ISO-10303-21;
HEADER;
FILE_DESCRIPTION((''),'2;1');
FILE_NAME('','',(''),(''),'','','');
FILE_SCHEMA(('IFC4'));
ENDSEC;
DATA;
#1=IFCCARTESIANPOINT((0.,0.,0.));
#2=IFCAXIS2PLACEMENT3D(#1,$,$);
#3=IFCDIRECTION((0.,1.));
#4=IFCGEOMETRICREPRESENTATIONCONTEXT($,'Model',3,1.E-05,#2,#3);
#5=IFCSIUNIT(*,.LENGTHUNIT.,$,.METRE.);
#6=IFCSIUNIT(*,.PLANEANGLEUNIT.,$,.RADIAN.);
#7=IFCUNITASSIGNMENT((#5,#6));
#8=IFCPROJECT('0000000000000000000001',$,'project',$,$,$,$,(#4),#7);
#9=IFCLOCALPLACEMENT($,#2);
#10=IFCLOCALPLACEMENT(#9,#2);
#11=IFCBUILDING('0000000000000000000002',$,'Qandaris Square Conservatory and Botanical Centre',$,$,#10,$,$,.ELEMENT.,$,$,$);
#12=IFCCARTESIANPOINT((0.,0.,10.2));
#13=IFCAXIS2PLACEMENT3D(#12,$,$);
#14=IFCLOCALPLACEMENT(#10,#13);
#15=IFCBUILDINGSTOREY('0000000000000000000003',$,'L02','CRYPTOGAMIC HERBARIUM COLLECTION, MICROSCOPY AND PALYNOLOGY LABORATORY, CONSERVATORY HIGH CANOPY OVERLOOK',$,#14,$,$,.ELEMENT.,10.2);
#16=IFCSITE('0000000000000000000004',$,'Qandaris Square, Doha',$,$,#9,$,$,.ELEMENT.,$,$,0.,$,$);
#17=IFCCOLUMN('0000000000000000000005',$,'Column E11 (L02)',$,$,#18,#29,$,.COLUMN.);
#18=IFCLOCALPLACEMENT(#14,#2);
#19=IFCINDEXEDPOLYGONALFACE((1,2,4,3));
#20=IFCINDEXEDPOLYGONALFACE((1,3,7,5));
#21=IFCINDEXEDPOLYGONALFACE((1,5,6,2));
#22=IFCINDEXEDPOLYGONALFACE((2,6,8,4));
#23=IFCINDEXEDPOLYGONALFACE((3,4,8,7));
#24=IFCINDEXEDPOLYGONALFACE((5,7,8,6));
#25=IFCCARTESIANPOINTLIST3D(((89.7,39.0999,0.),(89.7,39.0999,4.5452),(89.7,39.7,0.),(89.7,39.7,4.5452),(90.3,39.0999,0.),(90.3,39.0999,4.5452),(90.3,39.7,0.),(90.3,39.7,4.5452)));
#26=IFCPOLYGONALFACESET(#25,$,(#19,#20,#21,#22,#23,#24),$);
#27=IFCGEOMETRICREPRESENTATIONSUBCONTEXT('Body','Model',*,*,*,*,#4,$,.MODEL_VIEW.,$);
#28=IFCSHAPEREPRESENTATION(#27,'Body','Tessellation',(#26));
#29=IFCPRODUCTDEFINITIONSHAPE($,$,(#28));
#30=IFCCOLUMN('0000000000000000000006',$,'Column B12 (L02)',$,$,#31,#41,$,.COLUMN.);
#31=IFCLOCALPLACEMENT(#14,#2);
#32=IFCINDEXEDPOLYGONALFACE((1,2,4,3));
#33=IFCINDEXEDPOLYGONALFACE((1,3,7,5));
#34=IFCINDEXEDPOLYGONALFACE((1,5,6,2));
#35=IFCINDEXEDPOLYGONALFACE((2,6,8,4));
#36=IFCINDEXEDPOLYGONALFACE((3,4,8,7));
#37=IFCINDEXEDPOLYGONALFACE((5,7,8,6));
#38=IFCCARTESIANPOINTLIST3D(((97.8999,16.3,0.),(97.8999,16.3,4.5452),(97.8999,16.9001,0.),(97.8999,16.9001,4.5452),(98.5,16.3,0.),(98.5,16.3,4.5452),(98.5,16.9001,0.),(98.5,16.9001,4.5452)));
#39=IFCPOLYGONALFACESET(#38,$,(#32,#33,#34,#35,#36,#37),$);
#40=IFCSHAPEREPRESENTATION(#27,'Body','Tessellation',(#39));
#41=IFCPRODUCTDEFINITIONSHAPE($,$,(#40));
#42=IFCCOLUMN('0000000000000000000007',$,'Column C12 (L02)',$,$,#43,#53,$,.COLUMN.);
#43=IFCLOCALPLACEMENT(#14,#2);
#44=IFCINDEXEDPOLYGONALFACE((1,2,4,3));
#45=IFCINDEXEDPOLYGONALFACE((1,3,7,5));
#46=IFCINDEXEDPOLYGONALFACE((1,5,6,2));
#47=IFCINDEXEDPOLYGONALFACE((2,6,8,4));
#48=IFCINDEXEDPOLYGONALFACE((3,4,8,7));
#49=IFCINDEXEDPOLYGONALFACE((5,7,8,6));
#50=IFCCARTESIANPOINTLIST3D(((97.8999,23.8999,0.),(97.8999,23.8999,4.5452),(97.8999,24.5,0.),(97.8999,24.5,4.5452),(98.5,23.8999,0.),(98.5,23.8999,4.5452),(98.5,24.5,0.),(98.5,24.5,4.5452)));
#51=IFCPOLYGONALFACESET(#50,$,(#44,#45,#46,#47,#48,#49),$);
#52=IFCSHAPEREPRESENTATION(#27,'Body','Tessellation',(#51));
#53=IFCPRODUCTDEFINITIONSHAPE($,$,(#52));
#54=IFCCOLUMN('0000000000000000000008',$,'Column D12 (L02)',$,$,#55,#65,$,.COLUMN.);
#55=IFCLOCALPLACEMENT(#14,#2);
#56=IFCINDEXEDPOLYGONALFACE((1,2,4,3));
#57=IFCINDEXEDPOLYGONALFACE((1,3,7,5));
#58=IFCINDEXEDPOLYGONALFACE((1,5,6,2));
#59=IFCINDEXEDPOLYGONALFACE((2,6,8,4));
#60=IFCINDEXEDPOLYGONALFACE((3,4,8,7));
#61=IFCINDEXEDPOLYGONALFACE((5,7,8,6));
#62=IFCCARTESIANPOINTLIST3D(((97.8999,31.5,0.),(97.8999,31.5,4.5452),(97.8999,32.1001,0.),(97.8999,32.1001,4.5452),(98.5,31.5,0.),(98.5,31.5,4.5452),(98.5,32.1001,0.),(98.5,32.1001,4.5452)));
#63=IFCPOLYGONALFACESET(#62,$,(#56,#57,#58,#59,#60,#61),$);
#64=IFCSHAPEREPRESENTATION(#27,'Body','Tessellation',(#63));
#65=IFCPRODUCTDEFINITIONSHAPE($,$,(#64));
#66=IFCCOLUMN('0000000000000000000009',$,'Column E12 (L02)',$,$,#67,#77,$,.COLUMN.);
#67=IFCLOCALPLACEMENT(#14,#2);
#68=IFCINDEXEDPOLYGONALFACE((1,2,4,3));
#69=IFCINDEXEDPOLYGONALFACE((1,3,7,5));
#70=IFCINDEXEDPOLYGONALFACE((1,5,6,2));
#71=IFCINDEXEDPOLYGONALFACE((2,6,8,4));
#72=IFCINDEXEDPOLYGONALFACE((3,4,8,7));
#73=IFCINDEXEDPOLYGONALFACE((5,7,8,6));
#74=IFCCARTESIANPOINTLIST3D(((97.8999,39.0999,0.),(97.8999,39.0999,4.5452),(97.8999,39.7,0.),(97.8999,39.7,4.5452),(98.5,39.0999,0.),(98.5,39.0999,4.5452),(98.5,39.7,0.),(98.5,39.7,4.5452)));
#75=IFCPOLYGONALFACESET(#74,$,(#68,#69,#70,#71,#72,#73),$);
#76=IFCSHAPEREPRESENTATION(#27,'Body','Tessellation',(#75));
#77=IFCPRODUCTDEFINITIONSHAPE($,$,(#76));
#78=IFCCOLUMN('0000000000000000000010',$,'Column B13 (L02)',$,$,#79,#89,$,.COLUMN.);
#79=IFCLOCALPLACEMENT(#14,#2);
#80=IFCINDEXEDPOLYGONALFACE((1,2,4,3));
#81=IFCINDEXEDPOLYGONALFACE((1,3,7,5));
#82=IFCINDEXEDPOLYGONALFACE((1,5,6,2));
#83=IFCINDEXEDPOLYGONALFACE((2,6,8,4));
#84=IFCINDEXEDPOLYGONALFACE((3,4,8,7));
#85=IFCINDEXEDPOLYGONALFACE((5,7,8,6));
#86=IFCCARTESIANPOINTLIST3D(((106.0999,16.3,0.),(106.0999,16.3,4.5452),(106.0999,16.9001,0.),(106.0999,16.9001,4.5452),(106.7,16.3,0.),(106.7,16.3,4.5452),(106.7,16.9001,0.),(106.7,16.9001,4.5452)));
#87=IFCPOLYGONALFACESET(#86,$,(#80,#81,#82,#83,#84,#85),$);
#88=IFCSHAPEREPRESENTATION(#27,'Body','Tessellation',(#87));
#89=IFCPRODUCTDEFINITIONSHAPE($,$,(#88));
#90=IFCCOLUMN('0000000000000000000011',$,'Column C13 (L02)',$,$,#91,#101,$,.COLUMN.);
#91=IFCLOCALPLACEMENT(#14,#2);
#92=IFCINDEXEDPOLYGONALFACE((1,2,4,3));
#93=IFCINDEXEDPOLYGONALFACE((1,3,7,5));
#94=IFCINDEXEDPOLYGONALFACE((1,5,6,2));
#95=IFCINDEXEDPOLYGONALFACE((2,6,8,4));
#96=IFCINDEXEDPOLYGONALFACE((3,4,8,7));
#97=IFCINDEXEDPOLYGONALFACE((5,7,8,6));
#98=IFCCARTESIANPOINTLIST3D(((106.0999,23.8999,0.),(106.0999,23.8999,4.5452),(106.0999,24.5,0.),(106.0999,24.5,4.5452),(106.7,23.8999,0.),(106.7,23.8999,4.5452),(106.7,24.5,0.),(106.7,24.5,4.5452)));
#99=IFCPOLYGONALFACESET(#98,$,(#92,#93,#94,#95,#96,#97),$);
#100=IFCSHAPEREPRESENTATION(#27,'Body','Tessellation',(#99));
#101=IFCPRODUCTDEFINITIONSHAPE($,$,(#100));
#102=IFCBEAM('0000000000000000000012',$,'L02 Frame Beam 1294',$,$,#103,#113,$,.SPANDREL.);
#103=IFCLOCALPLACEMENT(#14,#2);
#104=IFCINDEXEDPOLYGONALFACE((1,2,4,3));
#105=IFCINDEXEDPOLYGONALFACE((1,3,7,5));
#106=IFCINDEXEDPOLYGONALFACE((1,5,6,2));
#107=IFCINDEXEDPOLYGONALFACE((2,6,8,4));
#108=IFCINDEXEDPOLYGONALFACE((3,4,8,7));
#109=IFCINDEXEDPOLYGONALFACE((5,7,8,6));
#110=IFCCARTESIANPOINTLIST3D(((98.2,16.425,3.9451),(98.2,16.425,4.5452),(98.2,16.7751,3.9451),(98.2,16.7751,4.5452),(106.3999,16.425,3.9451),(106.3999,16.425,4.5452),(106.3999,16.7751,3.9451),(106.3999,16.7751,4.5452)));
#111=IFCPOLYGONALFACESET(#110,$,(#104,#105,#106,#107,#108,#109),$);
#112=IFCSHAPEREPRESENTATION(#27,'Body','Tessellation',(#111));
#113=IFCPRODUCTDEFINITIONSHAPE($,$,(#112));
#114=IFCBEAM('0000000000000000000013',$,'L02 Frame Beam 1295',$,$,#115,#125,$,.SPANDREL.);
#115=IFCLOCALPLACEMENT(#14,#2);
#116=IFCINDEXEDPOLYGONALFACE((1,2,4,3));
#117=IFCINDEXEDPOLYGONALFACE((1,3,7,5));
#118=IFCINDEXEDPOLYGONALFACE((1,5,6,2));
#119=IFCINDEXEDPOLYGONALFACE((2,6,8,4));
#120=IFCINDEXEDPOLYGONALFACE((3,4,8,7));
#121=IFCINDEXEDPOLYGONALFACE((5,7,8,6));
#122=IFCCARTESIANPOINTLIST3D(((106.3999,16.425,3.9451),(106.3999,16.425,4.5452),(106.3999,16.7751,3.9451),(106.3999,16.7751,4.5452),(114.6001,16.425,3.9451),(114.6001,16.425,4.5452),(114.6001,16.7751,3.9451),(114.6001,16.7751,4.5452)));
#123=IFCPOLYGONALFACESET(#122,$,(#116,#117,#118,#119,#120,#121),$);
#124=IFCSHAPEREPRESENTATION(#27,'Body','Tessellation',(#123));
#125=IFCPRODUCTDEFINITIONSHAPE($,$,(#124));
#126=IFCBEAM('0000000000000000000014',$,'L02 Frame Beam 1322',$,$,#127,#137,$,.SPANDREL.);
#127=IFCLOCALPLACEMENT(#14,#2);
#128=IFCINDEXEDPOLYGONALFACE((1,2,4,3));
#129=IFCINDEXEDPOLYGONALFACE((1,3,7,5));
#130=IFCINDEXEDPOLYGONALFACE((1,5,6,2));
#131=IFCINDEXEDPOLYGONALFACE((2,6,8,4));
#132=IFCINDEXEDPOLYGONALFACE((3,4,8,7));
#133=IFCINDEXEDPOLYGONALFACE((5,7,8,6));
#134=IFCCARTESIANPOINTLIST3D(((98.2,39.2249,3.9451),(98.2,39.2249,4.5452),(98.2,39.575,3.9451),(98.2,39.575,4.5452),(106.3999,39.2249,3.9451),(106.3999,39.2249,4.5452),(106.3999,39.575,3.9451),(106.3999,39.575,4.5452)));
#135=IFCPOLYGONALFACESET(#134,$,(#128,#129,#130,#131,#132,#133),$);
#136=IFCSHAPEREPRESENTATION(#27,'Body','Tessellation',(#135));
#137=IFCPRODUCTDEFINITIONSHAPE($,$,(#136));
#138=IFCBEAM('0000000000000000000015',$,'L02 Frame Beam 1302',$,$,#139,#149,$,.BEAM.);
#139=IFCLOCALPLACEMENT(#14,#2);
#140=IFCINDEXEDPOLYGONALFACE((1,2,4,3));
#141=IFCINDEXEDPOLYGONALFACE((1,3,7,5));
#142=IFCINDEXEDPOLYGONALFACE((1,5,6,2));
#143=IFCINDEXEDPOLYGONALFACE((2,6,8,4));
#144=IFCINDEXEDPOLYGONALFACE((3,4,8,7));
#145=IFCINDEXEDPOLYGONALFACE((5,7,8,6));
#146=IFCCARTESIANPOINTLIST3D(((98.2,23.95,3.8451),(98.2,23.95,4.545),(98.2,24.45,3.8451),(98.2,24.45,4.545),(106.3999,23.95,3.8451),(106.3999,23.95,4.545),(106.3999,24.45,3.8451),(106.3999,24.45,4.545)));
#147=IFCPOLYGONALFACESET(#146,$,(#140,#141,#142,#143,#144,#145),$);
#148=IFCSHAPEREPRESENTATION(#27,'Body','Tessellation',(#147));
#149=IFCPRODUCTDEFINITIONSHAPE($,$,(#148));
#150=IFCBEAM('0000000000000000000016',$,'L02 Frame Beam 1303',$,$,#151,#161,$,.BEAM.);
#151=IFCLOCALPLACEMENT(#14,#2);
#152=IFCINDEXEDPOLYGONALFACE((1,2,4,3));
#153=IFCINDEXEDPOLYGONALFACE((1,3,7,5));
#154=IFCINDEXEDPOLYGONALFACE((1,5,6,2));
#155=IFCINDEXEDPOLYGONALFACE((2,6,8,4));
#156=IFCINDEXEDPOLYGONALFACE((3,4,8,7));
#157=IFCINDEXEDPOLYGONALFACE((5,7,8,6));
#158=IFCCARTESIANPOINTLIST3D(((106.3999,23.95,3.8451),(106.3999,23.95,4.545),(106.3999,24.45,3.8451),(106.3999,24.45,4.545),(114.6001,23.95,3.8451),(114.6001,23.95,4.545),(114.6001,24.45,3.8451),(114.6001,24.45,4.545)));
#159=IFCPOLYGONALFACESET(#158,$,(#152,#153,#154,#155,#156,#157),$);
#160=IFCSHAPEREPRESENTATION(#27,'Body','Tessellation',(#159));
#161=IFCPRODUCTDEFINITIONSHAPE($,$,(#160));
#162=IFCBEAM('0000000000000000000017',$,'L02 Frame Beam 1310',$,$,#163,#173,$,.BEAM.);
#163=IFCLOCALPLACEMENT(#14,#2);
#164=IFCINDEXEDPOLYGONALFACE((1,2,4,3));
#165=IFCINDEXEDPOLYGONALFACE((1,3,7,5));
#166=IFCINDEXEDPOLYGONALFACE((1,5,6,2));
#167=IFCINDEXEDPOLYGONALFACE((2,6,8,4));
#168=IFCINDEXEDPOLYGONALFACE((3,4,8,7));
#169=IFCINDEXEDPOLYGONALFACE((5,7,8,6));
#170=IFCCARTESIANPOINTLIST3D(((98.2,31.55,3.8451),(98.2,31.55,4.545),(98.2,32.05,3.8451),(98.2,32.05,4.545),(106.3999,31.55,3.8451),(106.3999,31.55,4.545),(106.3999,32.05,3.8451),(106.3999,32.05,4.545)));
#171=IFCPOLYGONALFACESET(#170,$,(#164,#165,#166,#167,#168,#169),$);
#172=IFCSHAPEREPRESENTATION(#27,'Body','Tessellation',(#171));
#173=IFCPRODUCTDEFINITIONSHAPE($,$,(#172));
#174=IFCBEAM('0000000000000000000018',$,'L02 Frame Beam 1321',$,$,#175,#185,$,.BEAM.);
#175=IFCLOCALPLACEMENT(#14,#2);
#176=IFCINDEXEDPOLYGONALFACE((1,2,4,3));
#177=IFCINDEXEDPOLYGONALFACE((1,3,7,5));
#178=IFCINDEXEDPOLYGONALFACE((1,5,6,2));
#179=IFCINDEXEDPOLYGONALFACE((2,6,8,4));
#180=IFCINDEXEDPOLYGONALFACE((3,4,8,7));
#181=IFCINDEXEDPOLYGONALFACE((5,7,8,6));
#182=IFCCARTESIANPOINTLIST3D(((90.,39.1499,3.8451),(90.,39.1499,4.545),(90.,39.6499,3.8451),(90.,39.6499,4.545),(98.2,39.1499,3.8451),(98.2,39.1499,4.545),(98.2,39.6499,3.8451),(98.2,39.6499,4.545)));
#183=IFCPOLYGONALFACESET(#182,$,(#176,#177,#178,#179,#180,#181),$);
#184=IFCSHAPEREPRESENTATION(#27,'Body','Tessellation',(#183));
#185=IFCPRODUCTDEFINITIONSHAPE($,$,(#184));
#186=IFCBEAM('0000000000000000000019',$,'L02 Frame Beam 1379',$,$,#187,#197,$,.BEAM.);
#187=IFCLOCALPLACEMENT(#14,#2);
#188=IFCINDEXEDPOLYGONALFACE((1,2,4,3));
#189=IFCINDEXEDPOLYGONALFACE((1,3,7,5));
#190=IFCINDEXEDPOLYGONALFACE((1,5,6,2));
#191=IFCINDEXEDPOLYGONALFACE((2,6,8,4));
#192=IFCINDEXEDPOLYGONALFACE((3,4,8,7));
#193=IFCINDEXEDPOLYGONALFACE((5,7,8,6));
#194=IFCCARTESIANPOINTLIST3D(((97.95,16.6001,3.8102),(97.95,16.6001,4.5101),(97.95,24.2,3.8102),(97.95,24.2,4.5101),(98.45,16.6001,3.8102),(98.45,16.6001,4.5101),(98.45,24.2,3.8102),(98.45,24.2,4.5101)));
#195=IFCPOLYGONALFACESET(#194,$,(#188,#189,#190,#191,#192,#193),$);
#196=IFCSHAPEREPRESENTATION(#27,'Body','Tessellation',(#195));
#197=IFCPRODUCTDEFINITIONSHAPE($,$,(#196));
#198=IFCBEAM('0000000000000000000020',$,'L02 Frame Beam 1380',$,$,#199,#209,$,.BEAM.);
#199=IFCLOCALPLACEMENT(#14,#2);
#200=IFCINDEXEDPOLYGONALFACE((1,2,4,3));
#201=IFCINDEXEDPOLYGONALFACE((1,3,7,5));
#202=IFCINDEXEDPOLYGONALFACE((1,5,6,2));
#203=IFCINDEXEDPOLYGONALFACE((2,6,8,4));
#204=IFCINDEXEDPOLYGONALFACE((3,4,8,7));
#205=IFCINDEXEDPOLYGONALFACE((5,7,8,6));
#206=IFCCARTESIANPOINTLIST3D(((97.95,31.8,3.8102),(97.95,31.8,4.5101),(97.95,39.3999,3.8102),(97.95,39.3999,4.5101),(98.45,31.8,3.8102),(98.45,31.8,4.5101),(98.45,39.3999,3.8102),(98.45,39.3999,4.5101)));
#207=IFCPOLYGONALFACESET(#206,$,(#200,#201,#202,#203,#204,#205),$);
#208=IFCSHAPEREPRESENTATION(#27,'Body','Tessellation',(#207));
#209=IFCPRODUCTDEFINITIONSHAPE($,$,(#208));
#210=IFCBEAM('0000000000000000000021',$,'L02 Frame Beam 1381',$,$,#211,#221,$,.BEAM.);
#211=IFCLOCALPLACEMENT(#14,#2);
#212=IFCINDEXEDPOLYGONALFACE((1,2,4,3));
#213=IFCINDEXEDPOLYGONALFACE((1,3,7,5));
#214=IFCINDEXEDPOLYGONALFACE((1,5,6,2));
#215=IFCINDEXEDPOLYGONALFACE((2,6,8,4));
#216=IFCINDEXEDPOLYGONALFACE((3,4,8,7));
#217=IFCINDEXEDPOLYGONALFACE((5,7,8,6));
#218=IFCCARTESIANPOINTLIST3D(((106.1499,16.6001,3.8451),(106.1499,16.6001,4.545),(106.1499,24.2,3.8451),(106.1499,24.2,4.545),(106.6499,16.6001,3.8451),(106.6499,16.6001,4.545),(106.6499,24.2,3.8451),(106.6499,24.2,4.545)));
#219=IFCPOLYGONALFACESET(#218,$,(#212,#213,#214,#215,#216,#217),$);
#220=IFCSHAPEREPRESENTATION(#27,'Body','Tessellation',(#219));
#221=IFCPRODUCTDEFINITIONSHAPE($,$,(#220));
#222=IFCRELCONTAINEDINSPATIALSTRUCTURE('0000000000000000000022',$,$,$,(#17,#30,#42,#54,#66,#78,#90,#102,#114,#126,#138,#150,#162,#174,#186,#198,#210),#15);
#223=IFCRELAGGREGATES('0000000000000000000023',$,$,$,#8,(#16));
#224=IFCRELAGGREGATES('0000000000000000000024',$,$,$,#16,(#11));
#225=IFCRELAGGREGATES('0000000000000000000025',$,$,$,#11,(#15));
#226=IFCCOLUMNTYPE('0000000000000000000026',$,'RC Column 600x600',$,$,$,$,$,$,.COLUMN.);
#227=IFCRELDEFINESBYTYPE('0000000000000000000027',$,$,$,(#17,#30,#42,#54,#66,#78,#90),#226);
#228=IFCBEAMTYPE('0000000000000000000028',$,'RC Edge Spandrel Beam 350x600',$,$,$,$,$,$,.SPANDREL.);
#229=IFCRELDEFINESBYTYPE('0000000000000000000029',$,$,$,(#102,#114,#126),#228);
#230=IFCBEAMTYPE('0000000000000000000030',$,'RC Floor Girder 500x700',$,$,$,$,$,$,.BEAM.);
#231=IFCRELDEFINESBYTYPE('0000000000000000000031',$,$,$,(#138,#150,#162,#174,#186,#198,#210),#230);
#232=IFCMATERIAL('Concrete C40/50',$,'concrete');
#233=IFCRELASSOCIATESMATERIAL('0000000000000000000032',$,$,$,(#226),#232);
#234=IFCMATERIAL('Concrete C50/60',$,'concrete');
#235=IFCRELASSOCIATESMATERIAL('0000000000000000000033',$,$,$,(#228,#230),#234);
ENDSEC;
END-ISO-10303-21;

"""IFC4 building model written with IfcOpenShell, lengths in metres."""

from ifc_helpers import new_model, si_unit, direction, frame, origin, origin_2d, place, context, subcontext, project, spatial, rectangle, extrude, material, material_profile, profile_set, type_object, element, save


model = new_model("IFC4")

# Units and contexts
model_context = context("Model", 3, precision=1e-05, world=origin(), true_north=direction((0.0, 1.0)))
body_context = subcontext(model_context, "Body", "Model", "MODEL_VIEW")
ifc_project = project(units=[si_unit("LENGTHUNIT", "METRE"), si_unit("PLANEANGLEUNIT", "RADIAN")], contexts=[model_context])

# Site, building, storey
site_placement = place(None, origin())
site = spatial("IfcSite", under=ifc_project, at=site_placement, Name="Qandaris Square, Doha", CompositionType="ELEMENT", RefElevation=0.0)
building_placement = place(site_placement, origin())
building = spatial("IfcBuilding", under=site, at=building_placement, Name="Qandaris Square Conservatory and Botanical Centre", CompositionType="ELEMENT")
storey_placement = place(building_placement, frame((0.0, 0.0, 10.2)))
storey = spatial("IfcBuildingStorey", under=building, at=storey_placement, Name="L02", Description="CRYPTOGAMIC HERBARIUM COLLECTION, MICROSCOPY AND PALYNOLOGY LABORATORY, CONSERVATORY HIGH CANOPY OVERLOOK", CompositionType="ELEMENT", Elevation=10.2)

# Columns
ifc_material_1 = material(Name="Concrete C40/50", Category="concrete")
ifc_material_profile_1 = material_profile(ifc_material_1, rectangle(XDim=0.6001, YDim=0.6001, at=origin_2d()), Name="RC-COL 600x600")
ifc_profile_set_1 = profile_set([ifc_material_profile_1], Name="Concrete C40/50")
column_type = type_object("IfcColumnType", Name="RC Column 600x600", PredefinedType="COLUMN", material=ifc_profile_set_1)
for number, where, z_axis, x_axis, name in (
    (1, (90.0, 39.3999, 0.0), (0.0, 0.0, 1.0), (1.0, 0.0, 0.0), "Column E11 (L02)"),
    (2, (98.2, 16.6001, 0.0), (0.0, 0.0, 1.0), (1.0, 0.0, 0.0), "Column B12 (L02)"),
    (3, (98.2, 24.2, 0.0), (0.0, 0.0, 1.0), (1.0, 0.0, 0.0), "Column C12 (L02)"),
    (4, (98.2, 31.8, 0.0), (0.0, 0.0, 1.0), (1.0, 0.0, 0.0), "Column D12 (L02)"),
    (5, (98.2, 39.3999, 0.0), (0.0, 0.0, 1.0), (1.0, 0.0, 0.0), "Column E12 (L02)"),
    (6, (106.3999, 16.6001, 0.0), (0.0, 0.0, 1.0), (1.0, 0.0, 0.0), "Column B13 (L02)"),
    (7, (106.3999, 24.2, 0.0), (0.0, 0.0, 1.0), (1.0, 0.0, 0.0), "Column C13 (L02)"),
):
    element("IfcColumn", number, at=place(storey_placement, frame(where, z_axis=z_axis, x_axis=x_axis)), inside=storey, type_object=column_type, Name=name, PredefinedType="COLUMN", context=body_context, shape_type="SweptSolid", body=[
        extrude(rectangle(XDim=0.6001, YDim=0.6001, at=origin_2d()), origin(), (0.0, 0.0, 1.0), 4.5452),
    ])

# Beams
ifc_material_2 = material(Name="Concrete C50/60", Category="concrete")
ifc_material_profile_2 = material_profile(ifc_material_2, rectangle(XDim=0.3501, YDim=0.6001, at=origin_2d()), Name="RC-SP 350x600")
ifc_profile_set_2 = profile_set([ifc_material_profile_2], Name="Concrete C50/60")
beam_type_1 = type_object("IfcBeamType", Name="RC Edge Spandrel Beam 350x600", PredefinedType="SPANDREL", material=ifc_profile_set_2)
beam_1_placement = place(storey_placement, frame((98.2, 16.6001, 4.2451), z_axis=(1.0, 0.0, 0.0), x_axis=(0.0, 1.0, 0.0)))
element("IfcBeam", 8, at=beam_1_placement, inside=storey, type_object=beam_type_1, Name="L02 Frame Beam 1294", PredefinedType="SPANDREL", context=body_context, shape_type="SweptSolid", body=[
    extrude(rectangle(XDim=0.3501, YDim=0.6001, at=origin_2d()), origin(), (0.0, 0.0, 1.0), 8.2),
])
beam_2_placement = place(storey_placement, frame((106.3999, 16.6001, 4.2451), z_axis=(1.0, 0.0, 0.0), x_axis=(0.0, 1.0, 0.0)))
element("IfcBeam", 9, at=beam_2_placement, inside=storey, type_object=beam_type_1, Name="L02 Frame Beam 1295", PredefinedType="SPANDREL", context=body_context, shape_type="SweptSolid", body=[
    extrude(rectangle(XDim=0.3501, YDim=0.6001, at=origin_2d()), origin(), (0.0, 0.0, 1.0), 8.2002),
])
beam_3_placement = place(storey_placement, frame((98.2, 39.3999, 4.2451), z_axis=(1.0, 0.0, 0.0), x_axis=(0.0, 1.0, 0.0)))
element("IfcBeam", 10, at=beam_3_placement, inside=storey, type_object=beam_type_1, Name="L02 Frame Beam 1322", PredefinedType="SPANDREL", context=body_context, shape_type="SweptSolid", body=[
    extrude(rectangle(XDim=0.3501, YDim=0.6001, at=origin_2d()), origin(), (0.0, 0.0, 1.0), 8.2),
])
ifc_material_profile_3 = material_profile(ifc_material_2, rectangle(XDim=0.5, YDim=0.7, at=origin_2d()), Name="RC-BM 500x700")
ifc_profile_set_3 = profile_set([ifc_material_profile_3], Name="Concrete C50/60")
beam_type_2 = type_object("IfcBeamType", Name="RC Floor Girder 500x700", PredefinedType="BEAM", material=ifc_profile_set_3)
beam_4_placement = place(storey_placement, frame((98.2, 24.2, 4.1951), z_axis=(1.0, 0.0, 0.0), x_axis=(0.0, 1.0, 0.0)))
element("IfcBeam", 11, at=beam_4_placement, inside=storey, type_object=beam_type_2, Name="L02 Frame Beam 1302", PredefinedType="BEAM", context=body_context, shape_type="SweptSolid", body=[
    extrude(rectangle(XDim=0.5, YDim=0.7, at=origin_2d()), origin(), (0.0, 0.0, 1.0), 8.2),
])
beam_5_placement = place(storey_placement, frame((106.3999, 24.2, 4.1951), z_axis=(1.0, 0.0, 0.0), x_axis=(0.0, 1.0, 0.0)))
element("IfcBeam", 12, at=beam_5_placement, inside=storey, type_object=beam_type_2, Name="L02 Frame Beam 1303", PredefinedType="BEAM", context=body_context, shape_type="SweptSolid", body=[
    extrude(rectangle(XDim=0.5, YDim=0.7, at=origin_2d()), origin(), (0.0, 0.0, 1.0), 8.2002),
])
for number, where, z_axis, x_axis, name in (
    (13, (98.2, 31.8, 4.1951), (1.0, 0.0, 0.0), (0.0, 1.0, 0.0), "L02 Frame Beam 1310"),
    (14, (90.0, 39.3999, 4.1951), (1.0, 0.0, 0.0), (0.0, 1.0, 0.0), "L02 Frame Beam 1321"),
):
    element("IfcBeam", number, at=place(storey_placement, frame(where, z_axis=z_axis, x_axis=x_axis)), inside=storey, type_object=beam_type_2, Name=name, PredefinedType="BEAM", context=body_context, shape_type="SweptSolid", body=[
        extrude(rectangle(XDim=0.5, YDim=0.7, at=origin_2d()), origin(), (0.0, 0.0, 1.0), 8.2),
    ])
for number, where, z_axis, x_axis, name in (
    (15, (98.2, 16.6001, 4.1602), (0.0, 1.0, 0.0), (-1.0, 0.0, 0.0), "L02 Frame Beam 1379"),
    (16, (98.2, 31.8, 4.1602), (0.0, 1.0, 0.0), (-1.0, 0.0, 0.0), "L02 Frame Beam 1380"),
    (17, (106.3999, 16.6001, 4.1951), (0.0, 1.0, 0.0), (-1.0, 0.0, 0.0), "L02 Frame Beam 1381"),
):
    element("IfcBeam", number, at=place(storey_placement, frame(where, z_axis=z_axis, x_axis=x_axis)), inside=storey, type_object=beam_type_2, Name=name, PredefinedType="BEAM", context=body_context, shape_type="SweptSolid", body=[
        extrude(rectangle(XDim=0.5, YDim=0.7, at=origin_2d()), origin(), (0.0, 0.0, 1.0), 7.5999),
    ])

save(model, "model.ifc")
